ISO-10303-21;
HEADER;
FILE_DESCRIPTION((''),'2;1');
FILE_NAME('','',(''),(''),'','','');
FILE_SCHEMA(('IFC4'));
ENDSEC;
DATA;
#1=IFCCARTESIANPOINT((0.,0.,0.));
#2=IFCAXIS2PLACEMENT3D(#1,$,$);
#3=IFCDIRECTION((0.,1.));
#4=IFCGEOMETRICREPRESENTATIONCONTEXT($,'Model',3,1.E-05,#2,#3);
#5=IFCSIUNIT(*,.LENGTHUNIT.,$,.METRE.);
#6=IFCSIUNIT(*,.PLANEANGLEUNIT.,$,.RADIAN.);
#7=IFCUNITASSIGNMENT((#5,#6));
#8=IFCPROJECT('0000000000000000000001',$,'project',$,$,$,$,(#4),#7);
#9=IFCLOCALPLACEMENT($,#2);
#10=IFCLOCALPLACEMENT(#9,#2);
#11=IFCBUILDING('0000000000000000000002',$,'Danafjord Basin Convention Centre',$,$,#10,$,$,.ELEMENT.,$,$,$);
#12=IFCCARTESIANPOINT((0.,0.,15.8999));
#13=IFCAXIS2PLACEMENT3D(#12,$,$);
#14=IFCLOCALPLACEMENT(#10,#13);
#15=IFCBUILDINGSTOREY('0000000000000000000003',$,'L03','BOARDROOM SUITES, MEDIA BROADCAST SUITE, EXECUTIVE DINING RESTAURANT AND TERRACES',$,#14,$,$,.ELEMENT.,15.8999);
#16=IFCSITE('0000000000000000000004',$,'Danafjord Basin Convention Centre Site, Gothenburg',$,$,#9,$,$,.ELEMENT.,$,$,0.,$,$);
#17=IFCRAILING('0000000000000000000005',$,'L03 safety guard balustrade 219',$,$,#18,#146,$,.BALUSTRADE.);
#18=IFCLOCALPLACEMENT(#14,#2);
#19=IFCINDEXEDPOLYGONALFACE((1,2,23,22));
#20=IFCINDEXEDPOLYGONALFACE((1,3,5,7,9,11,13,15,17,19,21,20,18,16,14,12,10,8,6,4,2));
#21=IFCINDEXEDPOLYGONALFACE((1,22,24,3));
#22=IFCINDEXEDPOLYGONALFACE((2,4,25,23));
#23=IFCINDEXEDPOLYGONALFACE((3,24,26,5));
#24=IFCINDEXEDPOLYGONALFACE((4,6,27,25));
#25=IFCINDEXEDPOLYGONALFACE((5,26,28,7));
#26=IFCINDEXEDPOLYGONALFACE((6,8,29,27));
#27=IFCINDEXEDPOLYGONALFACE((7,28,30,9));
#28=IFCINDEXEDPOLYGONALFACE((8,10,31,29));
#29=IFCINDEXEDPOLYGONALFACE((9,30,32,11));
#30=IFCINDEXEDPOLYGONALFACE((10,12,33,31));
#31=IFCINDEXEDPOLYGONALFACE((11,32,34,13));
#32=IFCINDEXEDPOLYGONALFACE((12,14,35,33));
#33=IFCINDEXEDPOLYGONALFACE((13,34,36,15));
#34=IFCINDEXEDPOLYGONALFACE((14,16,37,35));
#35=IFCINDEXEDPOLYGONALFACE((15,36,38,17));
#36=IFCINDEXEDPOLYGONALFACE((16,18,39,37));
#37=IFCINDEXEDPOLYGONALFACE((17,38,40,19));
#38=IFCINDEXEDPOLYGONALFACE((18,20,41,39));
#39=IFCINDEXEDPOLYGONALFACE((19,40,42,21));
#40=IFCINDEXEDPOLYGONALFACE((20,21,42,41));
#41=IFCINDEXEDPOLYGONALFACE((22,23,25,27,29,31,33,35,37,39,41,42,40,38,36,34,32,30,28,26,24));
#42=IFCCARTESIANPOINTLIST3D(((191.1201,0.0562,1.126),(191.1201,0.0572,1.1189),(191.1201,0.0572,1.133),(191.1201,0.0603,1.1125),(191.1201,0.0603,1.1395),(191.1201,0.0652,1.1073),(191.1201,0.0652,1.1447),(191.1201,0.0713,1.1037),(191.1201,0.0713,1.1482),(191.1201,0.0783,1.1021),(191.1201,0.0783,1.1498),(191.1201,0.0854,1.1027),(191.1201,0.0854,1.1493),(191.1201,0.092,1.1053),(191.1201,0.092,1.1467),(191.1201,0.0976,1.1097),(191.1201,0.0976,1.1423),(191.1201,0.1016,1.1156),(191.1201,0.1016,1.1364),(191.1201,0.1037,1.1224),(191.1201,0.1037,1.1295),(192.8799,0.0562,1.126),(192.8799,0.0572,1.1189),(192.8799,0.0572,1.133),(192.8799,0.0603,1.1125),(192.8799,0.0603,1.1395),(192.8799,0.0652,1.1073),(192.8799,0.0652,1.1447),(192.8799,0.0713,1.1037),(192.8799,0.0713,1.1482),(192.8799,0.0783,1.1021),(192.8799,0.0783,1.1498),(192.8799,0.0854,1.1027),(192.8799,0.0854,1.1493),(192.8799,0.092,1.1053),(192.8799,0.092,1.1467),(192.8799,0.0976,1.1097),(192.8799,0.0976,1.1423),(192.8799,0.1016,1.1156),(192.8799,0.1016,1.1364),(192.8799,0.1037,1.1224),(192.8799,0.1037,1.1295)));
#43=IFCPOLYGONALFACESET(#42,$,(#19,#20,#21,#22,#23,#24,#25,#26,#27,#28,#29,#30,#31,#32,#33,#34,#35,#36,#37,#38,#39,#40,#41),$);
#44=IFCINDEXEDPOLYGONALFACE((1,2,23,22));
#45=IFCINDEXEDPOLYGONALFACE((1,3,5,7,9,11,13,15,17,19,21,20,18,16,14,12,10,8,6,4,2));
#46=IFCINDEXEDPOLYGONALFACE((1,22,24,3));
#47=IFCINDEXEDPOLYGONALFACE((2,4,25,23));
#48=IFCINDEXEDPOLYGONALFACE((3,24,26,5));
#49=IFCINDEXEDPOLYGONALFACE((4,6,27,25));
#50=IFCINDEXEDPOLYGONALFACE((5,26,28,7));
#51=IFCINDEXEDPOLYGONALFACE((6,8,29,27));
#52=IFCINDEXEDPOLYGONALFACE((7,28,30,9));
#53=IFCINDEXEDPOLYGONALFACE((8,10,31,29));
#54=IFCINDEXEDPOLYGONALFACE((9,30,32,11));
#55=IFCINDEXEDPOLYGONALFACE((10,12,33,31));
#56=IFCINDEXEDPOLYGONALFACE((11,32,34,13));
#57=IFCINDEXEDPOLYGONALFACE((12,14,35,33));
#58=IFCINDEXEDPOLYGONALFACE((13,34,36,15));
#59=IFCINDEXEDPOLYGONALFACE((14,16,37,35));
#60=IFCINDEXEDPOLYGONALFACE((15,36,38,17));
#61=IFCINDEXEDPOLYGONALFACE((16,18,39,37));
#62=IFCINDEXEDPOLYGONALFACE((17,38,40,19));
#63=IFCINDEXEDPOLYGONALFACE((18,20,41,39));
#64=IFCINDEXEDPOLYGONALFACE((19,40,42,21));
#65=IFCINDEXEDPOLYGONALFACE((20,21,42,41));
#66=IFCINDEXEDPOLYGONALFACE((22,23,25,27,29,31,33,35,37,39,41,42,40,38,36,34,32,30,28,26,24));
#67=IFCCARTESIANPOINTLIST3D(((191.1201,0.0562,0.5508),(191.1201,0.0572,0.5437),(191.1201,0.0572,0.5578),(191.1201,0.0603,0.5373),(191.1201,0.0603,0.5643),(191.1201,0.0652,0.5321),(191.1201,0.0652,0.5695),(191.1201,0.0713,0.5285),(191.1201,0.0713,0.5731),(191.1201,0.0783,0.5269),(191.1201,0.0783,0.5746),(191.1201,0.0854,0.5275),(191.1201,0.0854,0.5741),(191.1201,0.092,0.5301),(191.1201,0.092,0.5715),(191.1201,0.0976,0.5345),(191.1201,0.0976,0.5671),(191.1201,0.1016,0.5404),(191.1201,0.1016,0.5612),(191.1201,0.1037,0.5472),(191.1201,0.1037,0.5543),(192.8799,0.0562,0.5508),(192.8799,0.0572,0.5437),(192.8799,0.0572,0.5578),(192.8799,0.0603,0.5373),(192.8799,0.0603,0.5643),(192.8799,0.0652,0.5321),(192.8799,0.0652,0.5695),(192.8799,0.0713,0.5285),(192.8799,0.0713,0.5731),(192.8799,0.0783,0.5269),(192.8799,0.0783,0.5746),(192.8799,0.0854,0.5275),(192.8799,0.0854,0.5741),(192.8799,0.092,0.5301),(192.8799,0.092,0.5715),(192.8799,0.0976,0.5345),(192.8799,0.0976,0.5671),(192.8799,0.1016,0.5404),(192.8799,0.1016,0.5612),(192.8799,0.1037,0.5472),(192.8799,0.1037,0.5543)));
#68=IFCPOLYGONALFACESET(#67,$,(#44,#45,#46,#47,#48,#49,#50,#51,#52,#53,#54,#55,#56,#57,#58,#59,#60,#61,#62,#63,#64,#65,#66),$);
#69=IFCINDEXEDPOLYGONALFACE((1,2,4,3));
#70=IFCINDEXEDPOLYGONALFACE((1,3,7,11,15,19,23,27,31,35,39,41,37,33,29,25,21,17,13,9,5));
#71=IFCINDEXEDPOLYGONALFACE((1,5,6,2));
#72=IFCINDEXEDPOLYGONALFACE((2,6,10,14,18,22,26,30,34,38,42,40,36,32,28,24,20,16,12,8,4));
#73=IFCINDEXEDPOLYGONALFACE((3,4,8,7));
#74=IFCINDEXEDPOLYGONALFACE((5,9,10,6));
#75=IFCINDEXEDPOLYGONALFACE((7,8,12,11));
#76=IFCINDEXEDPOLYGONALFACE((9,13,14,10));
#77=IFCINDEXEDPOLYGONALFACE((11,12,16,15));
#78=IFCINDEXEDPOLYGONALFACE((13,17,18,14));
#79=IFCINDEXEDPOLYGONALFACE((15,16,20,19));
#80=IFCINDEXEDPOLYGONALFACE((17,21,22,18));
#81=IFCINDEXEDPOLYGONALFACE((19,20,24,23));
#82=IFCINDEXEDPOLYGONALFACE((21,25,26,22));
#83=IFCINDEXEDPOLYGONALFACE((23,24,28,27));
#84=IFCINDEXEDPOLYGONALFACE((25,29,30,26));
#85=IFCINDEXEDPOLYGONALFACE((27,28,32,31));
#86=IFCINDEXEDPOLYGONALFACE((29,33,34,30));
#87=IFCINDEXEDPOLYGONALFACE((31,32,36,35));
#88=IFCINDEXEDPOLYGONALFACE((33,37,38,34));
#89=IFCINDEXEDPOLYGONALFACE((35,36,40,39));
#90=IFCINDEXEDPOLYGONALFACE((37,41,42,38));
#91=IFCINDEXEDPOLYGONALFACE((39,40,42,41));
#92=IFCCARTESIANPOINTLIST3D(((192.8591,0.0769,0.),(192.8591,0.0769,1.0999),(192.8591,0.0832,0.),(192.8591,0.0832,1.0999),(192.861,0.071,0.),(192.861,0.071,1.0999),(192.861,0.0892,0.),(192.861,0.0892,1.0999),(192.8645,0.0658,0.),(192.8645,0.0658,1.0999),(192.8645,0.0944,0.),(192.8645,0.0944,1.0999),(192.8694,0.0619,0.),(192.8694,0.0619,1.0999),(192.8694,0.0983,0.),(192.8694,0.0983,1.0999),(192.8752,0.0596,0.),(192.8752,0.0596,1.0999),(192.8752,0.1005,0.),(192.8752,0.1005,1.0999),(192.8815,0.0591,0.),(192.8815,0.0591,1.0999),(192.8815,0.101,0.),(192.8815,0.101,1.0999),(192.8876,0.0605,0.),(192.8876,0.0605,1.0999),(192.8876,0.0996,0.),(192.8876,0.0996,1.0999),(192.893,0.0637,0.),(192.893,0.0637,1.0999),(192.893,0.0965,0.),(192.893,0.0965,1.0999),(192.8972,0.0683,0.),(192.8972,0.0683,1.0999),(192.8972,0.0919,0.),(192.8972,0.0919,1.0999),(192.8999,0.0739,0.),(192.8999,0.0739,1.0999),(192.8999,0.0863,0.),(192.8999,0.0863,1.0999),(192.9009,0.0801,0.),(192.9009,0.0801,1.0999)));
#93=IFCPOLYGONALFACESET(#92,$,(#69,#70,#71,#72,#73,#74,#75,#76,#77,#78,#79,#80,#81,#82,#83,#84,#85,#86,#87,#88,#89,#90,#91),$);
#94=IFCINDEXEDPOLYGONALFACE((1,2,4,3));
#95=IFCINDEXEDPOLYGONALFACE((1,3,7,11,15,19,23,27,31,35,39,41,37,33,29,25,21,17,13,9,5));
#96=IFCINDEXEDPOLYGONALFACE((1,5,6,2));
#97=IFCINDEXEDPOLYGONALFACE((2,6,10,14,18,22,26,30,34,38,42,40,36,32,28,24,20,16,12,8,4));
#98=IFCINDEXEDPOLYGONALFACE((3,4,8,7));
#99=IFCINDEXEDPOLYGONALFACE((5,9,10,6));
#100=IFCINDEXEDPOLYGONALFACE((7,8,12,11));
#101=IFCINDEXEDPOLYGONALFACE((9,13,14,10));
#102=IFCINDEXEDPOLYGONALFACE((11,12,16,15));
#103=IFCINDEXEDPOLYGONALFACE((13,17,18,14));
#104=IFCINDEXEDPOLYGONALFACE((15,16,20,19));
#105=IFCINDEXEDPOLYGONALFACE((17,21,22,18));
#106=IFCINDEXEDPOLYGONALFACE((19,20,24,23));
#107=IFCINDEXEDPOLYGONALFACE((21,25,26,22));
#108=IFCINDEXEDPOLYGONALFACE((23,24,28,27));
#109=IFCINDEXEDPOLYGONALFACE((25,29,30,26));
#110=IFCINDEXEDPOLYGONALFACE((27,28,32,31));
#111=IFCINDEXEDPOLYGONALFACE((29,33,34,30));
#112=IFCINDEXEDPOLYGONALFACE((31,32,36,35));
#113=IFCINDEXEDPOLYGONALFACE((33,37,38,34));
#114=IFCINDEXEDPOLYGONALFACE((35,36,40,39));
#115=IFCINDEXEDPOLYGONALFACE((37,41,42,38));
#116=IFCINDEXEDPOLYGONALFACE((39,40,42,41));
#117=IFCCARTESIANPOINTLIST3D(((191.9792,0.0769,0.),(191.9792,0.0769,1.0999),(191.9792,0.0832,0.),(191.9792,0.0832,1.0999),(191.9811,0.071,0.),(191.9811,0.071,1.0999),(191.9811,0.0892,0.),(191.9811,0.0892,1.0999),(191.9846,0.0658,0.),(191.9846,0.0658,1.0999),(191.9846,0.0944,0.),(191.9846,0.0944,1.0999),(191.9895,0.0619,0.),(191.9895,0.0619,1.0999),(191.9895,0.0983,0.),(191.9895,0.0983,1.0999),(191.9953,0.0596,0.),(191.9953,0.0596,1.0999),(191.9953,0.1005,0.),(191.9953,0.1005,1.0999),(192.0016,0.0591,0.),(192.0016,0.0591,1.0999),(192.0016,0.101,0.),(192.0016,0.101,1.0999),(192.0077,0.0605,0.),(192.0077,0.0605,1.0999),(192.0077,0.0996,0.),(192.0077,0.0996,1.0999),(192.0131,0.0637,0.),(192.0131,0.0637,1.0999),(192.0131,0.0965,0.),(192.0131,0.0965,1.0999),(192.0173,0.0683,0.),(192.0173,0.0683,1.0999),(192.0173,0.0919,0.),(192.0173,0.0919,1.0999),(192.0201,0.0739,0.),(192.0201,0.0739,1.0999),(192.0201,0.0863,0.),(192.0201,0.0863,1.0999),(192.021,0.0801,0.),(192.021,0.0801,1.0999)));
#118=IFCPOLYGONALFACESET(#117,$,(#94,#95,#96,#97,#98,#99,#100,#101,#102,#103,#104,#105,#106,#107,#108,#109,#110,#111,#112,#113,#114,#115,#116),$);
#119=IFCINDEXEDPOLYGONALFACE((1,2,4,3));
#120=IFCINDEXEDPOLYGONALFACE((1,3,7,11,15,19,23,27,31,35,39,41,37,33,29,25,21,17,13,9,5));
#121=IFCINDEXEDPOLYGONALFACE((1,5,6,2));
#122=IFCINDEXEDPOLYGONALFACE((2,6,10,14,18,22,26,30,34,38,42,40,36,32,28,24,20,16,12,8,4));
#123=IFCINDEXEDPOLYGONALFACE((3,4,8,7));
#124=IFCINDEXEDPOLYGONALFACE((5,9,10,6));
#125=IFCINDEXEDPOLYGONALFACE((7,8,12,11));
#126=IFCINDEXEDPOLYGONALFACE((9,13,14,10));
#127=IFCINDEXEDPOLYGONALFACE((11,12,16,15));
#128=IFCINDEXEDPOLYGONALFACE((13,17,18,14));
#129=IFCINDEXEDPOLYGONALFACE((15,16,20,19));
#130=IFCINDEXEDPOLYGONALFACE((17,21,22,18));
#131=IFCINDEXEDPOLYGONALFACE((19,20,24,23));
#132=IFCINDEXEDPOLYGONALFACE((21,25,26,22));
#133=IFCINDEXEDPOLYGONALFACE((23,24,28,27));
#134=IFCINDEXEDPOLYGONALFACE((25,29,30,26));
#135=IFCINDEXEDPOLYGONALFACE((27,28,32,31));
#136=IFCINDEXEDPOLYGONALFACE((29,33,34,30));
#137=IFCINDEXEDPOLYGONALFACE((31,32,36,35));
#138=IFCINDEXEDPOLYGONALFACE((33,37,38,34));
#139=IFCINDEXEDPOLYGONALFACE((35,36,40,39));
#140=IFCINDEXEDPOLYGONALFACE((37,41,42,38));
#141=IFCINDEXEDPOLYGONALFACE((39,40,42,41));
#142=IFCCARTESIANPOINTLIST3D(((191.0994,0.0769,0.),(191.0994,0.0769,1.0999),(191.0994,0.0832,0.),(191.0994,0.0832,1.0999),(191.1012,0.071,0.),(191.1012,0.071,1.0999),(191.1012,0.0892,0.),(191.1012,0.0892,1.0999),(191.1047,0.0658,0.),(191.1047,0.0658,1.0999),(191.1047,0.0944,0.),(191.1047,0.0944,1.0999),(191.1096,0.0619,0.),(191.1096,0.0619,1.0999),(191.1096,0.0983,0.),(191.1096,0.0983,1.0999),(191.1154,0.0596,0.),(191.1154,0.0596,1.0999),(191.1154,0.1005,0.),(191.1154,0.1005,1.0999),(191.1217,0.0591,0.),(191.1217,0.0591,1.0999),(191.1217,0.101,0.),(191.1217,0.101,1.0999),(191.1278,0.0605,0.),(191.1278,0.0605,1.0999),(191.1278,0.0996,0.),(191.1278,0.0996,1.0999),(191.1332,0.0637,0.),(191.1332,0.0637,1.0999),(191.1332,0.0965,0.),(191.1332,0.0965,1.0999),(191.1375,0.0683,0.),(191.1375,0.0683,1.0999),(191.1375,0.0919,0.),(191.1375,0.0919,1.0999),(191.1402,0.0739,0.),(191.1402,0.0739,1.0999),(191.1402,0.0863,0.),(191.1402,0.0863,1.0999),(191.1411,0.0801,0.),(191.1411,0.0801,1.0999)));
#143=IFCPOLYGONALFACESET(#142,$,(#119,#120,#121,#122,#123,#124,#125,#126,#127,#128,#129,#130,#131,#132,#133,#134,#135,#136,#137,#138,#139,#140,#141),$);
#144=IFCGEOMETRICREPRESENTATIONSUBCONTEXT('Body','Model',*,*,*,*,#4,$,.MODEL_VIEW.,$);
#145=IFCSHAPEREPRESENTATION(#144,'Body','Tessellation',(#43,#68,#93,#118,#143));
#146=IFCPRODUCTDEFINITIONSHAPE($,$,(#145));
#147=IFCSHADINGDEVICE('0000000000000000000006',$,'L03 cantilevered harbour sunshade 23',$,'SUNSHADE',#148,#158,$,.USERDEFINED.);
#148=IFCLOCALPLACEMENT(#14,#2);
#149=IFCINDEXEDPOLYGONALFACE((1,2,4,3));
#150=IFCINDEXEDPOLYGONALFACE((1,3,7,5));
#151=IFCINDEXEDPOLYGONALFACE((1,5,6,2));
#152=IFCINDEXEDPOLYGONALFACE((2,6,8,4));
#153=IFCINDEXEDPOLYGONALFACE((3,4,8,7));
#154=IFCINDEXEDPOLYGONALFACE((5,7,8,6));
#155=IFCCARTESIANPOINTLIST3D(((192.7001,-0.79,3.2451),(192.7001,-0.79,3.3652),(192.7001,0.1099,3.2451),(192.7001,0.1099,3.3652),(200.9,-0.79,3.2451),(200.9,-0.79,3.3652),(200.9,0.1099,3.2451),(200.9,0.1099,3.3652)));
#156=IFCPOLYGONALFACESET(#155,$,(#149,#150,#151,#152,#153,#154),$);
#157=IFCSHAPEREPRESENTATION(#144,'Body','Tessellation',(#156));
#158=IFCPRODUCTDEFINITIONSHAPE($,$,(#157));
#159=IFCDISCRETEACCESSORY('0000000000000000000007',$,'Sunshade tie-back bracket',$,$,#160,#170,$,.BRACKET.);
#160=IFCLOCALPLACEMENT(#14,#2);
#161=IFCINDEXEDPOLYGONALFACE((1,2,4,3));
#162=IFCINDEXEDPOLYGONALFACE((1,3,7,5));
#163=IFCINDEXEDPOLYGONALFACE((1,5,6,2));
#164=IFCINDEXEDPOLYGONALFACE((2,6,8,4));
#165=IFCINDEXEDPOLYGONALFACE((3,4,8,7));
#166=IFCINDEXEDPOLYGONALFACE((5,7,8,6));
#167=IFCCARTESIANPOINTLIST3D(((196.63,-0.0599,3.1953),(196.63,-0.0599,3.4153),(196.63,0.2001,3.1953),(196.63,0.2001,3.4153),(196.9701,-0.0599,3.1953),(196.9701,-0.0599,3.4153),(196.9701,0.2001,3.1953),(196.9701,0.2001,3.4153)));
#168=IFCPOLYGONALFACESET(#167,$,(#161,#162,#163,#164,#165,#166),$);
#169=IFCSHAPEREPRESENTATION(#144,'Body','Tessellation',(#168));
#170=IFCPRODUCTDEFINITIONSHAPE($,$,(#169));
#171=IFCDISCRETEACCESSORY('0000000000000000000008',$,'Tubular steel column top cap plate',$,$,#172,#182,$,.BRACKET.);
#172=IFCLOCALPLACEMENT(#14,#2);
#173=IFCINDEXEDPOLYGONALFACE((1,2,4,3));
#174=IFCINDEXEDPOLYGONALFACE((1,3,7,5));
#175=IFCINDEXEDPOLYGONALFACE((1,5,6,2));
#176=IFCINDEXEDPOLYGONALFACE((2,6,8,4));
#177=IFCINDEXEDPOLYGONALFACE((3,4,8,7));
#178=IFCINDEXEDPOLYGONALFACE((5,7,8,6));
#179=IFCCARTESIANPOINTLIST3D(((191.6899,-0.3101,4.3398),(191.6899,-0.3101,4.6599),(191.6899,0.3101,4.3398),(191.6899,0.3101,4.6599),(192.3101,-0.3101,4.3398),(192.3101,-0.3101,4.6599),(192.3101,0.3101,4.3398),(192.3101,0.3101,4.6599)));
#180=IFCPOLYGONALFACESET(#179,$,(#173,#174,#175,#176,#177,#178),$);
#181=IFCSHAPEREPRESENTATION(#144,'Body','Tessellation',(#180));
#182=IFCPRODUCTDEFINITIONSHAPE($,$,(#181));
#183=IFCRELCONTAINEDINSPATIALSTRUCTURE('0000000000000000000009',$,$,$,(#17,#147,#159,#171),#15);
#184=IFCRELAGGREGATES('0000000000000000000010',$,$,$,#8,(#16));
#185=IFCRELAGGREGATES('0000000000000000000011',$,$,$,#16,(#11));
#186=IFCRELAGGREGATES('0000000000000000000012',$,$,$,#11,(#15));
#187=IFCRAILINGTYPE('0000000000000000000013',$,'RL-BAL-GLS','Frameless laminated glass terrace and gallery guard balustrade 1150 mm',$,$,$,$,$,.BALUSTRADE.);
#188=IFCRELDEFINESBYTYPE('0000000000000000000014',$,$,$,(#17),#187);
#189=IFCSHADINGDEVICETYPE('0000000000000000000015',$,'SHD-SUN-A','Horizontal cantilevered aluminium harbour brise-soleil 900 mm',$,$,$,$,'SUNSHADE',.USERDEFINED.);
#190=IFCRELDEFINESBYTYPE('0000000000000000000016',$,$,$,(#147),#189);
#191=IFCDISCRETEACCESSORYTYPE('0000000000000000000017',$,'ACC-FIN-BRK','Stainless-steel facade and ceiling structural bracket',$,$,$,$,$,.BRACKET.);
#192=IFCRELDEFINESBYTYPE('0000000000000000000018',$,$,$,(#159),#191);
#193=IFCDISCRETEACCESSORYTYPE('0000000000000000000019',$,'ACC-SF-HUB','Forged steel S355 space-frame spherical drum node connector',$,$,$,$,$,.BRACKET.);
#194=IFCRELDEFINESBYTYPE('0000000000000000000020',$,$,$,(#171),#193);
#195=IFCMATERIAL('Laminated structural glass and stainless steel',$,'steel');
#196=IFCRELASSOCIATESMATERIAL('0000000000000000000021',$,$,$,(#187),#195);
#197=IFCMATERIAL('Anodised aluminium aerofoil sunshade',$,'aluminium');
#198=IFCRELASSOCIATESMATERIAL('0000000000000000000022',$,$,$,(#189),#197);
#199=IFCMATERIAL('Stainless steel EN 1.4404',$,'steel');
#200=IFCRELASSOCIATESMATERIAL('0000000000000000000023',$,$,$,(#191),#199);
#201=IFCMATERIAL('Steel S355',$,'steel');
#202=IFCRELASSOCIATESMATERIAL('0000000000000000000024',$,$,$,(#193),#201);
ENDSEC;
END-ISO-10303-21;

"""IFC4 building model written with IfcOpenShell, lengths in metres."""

from ifc_helpers import new_model, si_unit, direction, frame, origin, origin_2d, place, context, subcontext, project, spatial, rectangle, circle, extrude, material, type_object, element, save


model = new_model("IFC4")

# Units and contexts
model_context = context("Model", 3, precision=1e-05, world=origin(), true_north=direction((0.0, 1.0)))
body_context = subcontext(model_context, "Body", "Model", "MODEL_VIEW")
ifc_project = project(units=[si_unit("LENGTHUNIT", "METRE"), si_unit("PLANEANGLEUNIT", "RADIAN")], contexts=[model_context])

# Site, building, storey
site_placement = place(None, origin())
site = spatial("IfcSite", under=ifc_project, at=site_placement, Name="Danafjord Basin Convention Centre Site, Gothenburg", CompositionType="ELEMENT", RefElevation=0.0)
building_placement = place(site_placement, origin())
building = spatial("IfcBuilding", under=site, at=building_placement, Name="Danafjord Basin Convention Centre", CompositionType="ELEMENT")
storey_placement = place(building_placement, frame((0.0, 0.0, 15.8999)))
storey = spatial("IfcBuildingStorey", under=building, at=storey_placement, Name="L03", Description="BOARDROOM SUITES, MEDIA BROADCAST SUITE, EXECUTIVE DINING RESTAURANT AND TERRACES", CompositionType="ELEMENT", Elevation=15.8999)

# Shared definitions
ifc_material_1 = material(Name="Steel S355", Category="steel")

# Railing
ifc_material_2 = material(Name="Laminated structural glass and stainless steel", Category="steel")
railing_type = type_object("IfcRailingType", Name="RL-BAL-GLS", Description="Frameless laminated glass terrace and gallery guard balustrade 1150 mm", PredefinedType="BALUSTRADE", material=ifc_material_2)
railing_placement = place(storey_placement, frame((192.8799, 0.0801, 0.0)))
element("IfcRailing", 1, at=railing_placement, inside=storey, type_object=railing_type, Name="L03 safety guard balustrade 219", PredefinedType="BALUSTRADE", context=body_context, shape_type="SweptSolid", body=[
    extrude(circle(Radius=0.0239, at=origin_2d()), frame((0.0, 0.0, 1.126), z_axis=(-1.0, 0.0, 0.0), x_axis=(0.0, -1.0, 0.0)), (0.0, 0.0, 1.0), 1.7598),
    extrude(circle(Radius=0.0239, at=origin_2d()), frame((0.0, 0.0, 0.5508), z_axis=(-1.0, 0.0, 0.0), x_axis=(0.0, -1.0, 0.0)), (0.0, 0.0, 1.0), 1.7598),
    extrude(circle(Radius=0.021, at=origin_2d()), origin(), (0.0, 0.0, 1.0), 1.0999),
    extrude(circle(Radius=0.021, at=origin_2d()), frame((-0.8799, 0.0, 0.0)), (0.0, 0.0, 1.0), 1.0999),
    extrude(circle(Radius=0.021, at=origin_2d()), frame((-1.7598, 0.0, 0.0)), (0.0, 0.0, 1.0), 1.0999),
])

# Shading device
ifc_material_3 = material(Name="Anodised aluminium aerofoil sunshade", Category="aluminium")
shading_device_type = type_object("IfcShadingDeviceType", Name="SHD-SUN-A", Description="Horizontal cantilevered aluminium harbour brise-soleil 900 mm", ElementType="SUNSHADE", PredefinedType="USERDEFINED", material=ifc_material_3)
shading_device_placement = place(storey_placement, frame((196.8, -0.3401, 3.2451), z_axis=(0.0, 0.0, 1.0), x_axis=(1.0, 0.0, 0.0)))
element("IfcShadingDevice", 2, at=shading_device_placement, inside=storey, type_object=shading_device_type, Name="L03 cantilevered harbour sunshade 23", ObjectType="SUNSHADE", PredefinedType="USERDEFINED", context=body_context, shape_type="SweptSolid", body=[
    extrude(rectangle(XDim=8.2, YDim=0.8999, at=origin_2d()), origin(), (0.0, 0.0, 1.0), 0.1201),
])

# Discrete accessories
ifc_material_4 = material(Name="Stainless steel EN 1.4404", Category="steel")
discrete_accessory_type_1 = type_object("IfcDiscreteAccessoryType", Name="ACC-FIN-BRK", Description="Stainless-steel facade and ceiling structural bracket", PredefinedType="BRACKET", material=ifc_material_4)
discrete_accessory_1_placement = place(storey_placement, frame((196.8, 0.0701, 3.1953), z_axis=(0.0, 0.0, 1.0), x_axis=(1.0, 0.0, 0.0)))
element("IfcDiscreteAccessory", 3, at=discrete_accessory_1_placement, inside=storey, type_object=discrete_accessory_type_1, Name="Sunshade tie-back bracket", PredefinedType="BRACKET", context=body_context, shape_type="SweptSolid", body=[
    extrude(rectangle(XDim=0.3401, YDim=0.26, at=origin_2d()), origin(), (0.0, 0.0, 1.0), 0.22),
])
discrete_accessory_type_2 = type_object("IfcDiscreteAccessoryType", Name="ACC-SF-HUB", Description="Forged steel S355 space-frame spherical drum node connector", PredefinedType="BRACKET", material=ifc_material_1)
discrete_accessory_2_placement = place(storey_placement, frame((192.0, 0.0, 4.3398), z_axis=(0.0, 0.0, 1.0), x_axis=(1.0, 0.0, 0.0)))
element("IfcDiscreteAccessory", 4, at=discrete_accessory_2_placement, inside=storey, type_object=discrete_accessory_type_2, Name="Tubular steel column top cap plate", PredefinedType="BRACKET", context=body_context, shape_type="SweptSolid", body=[
    extrude(rectangle(XDim=0.6201, YDim=0.6201, at=origin_2d()), origin(), (0.0, 0.0, 1.0), 0.3201),
])

save(model, "model.ifc")
